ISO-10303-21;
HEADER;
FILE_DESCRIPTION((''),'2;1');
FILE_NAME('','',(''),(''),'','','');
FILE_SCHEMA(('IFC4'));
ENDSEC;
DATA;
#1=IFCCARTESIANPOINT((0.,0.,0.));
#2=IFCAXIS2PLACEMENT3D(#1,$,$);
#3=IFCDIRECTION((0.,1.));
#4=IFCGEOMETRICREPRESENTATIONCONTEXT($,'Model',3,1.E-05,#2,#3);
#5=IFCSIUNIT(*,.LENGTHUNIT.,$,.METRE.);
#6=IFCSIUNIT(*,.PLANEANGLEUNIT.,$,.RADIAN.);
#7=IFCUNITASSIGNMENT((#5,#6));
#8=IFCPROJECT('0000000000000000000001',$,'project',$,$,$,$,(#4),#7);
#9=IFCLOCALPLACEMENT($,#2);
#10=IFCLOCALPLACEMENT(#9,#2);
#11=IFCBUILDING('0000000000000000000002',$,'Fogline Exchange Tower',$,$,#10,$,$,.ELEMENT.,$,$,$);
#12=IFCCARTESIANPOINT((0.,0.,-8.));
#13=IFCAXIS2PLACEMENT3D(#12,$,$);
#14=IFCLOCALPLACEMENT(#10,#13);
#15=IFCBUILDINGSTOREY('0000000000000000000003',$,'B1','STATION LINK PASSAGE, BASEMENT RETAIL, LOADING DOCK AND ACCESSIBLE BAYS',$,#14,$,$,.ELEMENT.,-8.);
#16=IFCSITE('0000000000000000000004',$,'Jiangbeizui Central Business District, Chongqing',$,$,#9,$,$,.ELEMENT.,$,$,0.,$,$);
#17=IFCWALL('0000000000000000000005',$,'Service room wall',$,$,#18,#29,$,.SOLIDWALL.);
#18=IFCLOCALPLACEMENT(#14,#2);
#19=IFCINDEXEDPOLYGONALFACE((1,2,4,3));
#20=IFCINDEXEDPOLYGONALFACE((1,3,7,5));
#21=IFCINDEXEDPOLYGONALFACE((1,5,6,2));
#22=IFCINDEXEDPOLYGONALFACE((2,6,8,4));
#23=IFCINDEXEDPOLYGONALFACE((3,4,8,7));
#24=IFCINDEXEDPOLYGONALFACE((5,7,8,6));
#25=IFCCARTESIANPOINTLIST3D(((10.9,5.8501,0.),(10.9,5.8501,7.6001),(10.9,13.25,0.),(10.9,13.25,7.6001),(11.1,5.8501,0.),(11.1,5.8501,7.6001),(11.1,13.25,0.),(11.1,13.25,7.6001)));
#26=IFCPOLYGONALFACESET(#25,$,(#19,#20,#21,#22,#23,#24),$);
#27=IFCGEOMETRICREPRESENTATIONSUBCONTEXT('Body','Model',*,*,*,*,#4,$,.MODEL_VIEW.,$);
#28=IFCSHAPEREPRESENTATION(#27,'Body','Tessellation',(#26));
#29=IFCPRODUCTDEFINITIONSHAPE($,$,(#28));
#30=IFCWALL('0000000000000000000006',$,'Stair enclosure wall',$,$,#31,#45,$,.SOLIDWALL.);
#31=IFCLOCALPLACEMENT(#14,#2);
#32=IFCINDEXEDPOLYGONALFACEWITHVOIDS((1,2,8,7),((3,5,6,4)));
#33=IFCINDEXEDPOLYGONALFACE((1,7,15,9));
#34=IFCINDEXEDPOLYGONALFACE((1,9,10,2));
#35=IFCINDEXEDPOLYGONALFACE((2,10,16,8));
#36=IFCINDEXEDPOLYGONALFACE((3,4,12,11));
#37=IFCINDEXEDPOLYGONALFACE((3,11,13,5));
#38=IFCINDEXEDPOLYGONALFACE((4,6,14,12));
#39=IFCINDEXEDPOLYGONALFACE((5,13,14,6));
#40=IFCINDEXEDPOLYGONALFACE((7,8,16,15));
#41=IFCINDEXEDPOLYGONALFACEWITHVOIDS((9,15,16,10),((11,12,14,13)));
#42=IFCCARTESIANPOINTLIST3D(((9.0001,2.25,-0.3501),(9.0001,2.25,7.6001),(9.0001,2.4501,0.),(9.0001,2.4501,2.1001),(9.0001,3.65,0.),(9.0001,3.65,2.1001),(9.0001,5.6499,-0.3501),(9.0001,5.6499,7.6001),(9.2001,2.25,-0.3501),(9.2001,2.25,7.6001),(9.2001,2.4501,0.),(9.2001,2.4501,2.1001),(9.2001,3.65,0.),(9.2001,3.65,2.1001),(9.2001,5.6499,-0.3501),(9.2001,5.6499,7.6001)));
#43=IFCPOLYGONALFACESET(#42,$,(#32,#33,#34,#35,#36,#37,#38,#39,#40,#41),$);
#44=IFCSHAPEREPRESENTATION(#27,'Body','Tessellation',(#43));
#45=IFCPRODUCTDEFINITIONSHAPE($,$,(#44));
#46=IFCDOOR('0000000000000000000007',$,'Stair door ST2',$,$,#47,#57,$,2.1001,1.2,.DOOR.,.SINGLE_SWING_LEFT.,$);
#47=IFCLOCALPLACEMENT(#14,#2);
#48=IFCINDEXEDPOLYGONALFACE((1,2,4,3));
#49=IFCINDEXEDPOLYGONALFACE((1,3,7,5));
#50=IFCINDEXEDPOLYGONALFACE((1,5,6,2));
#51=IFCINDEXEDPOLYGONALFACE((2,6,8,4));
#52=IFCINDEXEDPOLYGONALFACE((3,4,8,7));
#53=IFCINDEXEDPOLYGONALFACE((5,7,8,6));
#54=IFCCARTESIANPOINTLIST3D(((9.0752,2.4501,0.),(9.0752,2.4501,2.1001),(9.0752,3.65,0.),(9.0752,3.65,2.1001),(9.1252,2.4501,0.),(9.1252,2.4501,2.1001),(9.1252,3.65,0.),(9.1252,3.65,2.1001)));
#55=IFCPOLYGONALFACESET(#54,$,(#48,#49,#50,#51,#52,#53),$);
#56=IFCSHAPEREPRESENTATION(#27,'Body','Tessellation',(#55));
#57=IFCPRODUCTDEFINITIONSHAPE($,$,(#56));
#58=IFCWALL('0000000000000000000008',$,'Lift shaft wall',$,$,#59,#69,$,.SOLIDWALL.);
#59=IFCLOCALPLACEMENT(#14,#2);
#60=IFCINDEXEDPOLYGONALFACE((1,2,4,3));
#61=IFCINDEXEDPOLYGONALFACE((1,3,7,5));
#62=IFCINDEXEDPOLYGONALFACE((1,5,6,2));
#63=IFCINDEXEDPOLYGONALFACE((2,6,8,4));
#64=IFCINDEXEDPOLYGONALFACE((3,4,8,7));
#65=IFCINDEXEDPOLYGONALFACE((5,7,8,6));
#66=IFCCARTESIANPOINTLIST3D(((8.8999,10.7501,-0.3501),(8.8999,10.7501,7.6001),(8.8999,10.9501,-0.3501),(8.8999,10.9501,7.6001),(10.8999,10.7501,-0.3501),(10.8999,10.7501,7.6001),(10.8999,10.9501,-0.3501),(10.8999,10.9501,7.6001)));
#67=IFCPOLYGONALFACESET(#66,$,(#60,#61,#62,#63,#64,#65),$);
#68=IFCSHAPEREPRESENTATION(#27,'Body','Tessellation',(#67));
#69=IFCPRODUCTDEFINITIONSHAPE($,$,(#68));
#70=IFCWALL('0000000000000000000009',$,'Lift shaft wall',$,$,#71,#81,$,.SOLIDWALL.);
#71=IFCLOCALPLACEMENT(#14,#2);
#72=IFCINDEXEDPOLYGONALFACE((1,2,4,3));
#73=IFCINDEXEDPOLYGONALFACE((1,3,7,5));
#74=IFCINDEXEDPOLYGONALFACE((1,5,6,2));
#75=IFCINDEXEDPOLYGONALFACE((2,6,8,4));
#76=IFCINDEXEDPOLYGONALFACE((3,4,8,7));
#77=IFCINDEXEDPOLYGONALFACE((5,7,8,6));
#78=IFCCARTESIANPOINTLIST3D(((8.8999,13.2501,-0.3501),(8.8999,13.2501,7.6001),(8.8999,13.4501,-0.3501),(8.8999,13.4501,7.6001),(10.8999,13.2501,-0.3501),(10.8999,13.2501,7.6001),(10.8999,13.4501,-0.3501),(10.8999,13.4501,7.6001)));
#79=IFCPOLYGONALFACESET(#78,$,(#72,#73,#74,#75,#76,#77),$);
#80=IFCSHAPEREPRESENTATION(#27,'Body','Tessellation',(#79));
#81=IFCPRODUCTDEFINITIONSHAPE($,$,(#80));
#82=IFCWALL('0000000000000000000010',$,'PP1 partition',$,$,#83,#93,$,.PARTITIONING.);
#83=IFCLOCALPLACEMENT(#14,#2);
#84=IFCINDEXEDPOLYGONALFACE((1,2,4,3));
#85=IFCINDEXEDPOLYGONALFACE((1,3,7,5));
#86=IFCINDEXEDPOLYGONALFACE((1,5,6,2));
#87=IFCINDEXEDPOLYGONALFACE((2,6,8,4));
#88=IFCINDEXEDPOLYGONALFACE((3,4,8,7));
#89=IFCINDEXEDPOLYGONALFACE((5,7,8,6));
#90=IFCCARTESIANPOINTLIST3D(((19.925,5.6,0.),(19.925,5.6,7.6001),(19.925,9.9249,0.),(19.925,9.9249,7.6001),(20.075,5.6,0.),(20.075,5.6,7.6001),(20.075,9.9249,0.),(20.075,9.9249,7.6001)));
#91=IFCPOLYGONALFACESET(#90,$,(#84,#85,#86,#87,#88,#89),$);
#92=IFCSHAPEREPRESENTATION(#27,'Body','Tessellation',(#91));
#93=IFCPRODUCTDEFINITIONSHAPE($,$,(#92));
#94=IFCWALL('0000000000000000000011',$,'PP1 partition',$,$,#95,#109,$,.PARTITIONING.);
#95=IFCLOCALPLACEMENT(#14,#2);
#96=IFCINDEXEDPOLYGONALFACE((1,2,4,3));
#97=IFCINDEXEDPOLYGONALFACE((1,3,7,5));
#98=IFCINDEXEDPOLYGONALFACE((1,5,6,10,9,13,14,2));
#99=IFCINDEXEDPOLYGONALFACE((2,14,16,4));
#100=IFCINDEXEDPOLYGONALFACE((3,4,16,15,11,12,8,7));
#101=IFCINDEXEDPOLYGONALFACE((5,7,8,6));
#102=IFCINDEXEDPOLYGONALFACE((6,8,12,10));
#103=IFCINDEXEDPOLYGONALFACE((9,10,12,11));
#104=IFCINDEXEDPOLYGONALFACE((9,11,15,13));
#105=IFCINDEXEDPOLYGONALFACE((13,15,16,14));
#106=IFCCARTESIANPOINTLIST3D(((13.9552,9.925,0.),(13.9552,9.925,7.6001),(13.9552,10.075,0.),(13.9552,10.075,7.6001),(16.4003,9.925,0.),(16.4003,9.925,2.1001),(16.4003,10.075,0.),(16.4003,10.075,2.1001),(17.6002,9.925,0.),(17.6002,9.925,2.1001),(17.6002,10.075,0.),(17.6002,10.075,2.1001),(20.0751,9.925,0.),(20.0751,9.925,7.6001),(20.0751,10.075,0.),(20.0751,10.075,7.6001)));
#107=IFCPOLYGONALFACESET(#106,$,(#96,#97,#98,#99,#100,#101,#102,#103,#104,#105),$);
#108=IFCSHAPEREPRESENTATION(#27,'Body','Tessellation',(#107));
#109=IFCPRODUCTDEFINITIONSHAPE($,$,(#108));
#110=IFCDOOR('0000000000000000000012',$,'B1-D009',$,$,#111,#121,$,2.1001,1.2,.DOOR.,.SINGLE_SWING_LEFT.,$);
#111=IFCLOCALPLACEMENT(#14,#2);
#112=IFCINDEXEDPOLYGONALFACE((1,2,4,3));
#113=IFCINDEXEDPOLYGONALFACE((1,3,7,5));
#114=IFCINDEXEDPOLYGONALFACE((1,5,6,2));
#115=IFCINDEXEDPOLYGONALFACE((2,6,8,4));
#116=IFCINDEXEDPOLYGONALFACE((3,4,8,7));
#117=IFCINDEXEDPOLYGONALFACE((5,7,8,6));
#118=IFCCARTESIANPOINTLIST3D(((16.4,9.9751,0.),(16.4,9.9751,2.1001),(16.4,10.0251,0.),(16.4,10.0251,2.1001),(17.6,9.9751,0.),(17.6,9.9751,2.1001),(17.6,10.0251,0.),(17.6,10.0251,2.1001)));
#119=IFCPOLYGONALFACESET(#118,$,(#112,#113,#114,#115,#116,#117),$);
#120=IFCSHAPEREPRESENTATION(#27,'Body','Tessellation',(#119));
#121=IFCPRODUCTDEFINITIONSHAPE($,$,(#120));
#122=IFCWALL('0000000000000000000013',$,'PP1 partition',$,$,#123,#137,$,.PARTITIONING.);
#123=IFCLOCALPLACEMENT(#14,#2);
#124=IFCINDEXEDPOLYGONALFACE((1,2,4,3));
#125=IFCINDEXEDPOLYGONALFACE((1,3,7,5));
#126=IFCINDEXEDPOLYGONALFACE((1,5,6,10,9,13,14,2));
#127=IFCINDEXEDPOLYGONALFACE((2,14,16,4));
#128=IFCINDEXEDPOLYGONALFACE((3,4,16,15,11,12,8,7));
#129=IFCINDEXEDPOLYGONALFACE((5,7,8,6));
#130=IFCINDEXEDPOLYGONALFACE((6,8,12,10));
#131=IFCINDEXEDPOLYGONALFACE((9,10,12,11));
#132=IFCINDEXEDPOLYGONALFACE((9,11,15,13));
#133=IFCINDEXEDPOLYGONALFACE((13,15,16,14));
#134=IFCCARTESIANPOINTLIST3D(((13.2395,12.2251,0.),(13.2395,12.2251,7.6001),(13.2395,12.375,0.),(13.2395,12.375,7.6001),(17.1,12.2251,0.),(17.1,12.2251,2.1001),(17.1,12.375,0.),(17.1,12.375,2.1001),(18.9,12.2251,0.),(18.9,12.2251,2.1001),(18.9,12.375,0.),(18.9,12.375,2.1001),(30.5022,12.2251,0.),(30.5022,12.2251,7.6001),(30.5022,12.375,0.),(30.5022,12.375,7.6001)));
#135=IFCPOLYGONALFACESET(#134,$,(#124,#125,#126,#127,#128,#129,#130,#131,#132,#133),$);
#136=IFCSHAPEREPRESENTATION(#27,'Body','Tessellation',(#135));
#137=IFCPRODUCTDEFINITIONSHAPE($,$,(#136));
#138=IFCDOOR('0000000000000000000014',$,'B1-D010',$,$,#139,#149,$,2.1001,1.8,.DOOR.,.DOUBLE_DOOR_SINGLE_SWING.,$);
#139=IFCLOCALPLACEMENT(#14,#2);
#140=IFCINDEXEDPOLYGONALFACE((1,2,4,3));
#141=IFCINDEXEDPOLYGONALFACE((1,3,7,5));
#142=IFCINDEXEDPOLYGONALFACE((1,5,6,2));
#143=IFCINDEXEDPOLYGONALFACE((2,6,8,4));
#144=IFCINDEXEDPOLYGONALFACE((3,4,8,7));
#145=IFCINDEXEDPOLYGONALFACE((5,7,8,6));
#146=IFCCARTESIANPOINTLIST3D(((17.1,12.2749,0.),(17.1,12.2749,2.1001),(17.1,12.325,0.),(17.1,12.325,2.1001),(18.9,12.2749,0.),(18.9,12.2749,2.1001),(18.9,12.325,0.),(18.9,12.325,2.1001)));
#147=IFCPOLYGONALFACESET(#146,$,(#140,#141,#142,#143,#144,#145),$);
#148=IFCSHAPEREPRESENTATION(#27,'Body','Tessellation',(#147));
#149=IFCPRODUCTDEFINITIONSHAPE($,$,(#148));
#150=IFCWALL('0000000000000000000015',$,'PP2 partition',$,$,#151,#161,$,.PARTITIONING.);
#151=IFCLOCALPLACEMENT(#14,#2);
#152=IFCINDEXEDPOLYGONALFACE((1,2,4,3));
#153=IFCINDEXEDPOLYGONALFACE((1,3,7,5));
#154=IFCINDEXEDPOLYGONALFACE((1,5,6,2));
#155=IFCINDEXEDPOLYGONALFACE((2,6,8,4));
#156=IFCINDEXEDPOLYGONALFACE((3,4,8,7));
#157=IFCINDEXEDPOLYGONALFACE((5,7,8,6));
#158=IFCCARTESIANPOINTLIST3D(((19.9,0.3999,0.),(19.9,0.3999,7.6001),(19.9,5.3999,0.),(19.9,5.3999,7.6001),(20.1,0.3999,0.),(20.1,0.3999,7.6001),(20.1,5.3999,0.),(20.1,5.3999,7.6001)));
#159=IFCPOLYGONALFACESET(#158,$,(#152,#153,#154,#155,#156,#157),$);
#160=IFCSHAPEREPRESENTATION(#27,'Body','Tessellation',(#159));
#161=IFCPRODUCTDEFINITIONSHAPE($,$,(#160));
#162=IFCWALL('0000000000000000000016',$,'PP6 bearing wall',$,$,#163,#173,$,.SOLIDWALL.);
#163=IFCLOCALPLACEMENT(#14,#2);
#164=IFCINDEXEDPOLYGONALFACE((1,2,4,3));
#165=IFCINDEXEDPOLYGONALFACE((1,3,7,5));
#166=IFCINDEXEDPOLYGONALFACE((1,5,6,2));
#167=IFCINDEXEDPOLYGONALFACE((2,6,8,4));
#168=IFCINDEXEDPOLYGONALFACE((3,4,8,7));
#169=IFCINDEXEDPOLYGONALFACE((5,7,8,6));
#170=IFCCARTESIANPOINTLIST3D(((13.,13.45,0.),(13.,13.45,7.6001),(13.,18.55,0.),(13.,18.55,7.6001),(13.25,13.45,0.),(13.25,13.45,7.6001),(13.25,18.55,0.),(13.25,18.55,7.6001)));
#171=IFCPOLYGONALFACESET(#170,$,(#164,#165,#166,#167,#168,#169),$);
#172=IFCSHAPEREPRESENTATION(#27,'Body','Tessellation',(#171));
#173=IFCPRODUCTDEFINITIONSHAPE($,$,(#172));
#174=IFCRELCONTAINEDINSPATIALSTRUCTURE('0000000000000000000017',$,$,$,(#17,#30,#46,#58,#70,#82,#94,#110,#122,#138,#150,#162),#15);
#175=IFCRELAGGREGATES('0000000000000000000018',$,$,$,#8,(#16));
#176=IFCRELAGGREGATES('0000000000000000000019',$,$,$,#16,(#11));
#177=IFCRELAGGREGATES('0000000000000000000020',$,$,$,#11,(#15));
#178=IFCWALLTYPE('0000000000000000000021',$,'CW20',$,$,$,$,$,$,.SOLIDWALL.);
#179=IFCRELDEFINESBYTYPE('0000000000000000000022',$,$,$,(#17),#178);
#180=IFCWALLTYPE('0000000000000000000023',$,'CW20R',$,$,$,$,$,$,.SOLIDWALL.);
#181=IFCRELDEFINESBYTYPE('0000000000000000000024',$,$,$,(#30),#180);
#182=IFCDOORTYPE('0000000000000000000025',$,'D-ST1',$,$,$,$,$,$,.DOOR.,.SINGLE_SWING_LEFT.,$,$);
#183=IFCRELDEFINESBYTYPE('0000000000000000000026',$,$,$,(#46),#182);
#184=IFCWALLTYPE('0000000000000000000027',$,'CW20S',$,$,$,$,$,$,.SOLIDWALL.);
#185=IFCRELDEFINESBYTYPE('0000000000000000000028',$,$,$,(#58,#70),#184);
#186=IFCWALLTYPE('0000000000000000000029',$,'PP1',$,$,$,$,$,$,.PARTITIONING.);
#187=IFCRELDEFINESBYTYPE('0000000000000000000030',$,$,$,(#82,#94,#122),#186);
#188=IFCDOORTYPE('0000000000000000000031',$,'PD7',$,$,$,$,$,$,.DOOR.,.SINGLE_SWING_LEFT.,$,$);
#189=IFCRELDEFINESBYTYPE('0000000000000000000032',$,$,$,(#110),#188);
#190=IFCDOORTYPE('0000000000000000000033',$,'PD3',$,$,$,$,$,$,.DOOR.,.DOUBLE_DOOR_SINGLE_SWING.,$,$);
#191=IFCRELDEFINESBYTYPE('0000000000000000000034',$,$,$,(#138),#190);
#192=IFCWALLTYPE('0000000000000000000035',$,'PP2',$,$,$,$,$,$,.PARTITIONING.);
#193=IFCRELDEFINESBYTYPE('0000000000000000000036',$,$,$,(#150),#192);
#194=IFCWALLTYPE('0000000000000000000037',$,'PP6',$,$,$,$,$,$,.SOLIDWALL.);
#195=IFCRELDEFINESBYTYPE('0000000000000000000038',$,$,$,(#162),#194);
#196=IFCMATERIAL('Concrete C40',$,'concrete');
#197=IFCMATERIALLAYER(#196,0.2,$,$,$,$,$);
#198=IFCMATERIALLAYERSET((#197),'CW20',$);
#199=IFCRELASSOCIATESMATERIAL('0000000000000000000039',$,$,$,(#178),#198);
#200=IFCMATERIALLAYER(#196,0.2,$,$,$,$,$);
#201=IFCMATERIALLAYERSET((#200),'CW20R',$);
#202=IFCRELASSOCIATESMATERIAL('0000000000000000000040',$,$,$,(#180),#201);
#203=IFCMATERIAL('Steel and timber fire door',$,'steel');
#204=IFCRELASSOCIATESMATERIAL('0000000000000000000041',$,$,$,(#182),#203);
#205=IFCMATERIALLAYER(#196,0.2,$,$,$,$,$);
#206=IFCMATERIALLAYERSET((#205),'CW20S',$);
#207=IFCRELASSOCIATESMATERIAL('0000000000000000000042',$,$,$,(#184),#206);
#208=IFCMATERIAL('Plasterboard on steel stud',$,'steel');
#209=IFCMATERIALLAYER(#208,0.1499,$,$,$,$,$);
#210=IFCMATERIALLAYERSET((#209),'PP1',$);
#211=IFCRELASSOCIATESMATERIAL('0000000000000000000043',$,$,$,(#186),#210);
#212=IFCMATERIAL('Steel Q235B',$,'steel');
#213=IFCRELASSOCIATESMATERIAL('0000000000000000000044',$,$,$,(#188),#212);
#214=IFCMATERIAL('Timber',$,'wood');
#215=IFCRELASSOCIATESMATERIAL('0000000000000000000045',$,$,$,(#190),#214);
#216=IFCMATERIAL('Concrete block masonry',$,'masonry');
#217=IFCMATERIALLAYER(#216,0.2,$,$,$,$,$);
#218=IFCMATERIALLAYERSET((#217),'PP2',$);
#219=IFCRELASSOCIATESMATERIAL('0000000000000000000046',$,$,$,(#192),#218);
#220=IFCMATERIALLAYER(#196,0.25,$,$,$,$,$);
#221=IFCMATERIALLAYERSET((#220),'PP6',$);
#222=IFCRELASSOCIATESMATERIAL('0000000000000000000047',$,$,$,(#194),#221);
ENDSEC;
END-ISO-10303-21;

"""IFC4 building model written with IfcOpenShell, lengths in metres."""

from ifc_helpers import new_model, si_unit, direction, frame, frame_2d, origin, place, context, subcontext, project, spatial, rectangle, extrude, material, layer, layer_set, type_object, element, fill, save


model = new_model("IFC4")

# Units and contexts
model_context = context("Model", 3, precision=1e-05, world=origin(), true_north=direction((0.0, 1.0)))
body_context = subcontext(model_context, "Body", "Model", "MODEL_VIEW")
ifc_project = project(units=[si_unit("LENGTHUNIT", "METRE"), si_unit("PLANEANGLEUNIT", "RADIAN")], contexts=[model_context])

# Site, building, storey
site_placement = place(None, origin())
site = spatial("IfcSite", under=ifc_project, at=site_placement, Name="Jiangbeizui Central Business District, Chongqing", CompositionType="ELEMENT", RefElevation=0.0)
building_placement = place(site_placement, origin())
building = spatial("IfcBuilding", under=site, at=building_placement, Name="Fogline Exchange Tower", CompositionType="ELEMENT")
storey_placement = place(building_placement, frame((0.0, 0.0, -8.0)))
storey = spatial("IfcBuildingStorey", under=building, at=storey_placement, Name="B1", Description="STATION LINK PASSAGE, BASEMENT RETAIL, LOADING DOCK AND ACCESSIBLE BAYS", CompositionType="ELEMENT", Elevation=-8.0)

# Wall
ifc_material_1 = material(Name="Concrete C40", Category="concrete")
ifc_layer_1 = layer(ifc_material_1, 0.2)
ifc_layer_set_1 = layer_set([ifc_layer_1], Name="CW20")
wall_type_1 = type_object("IfcWallType", Name="CW20", PredefinedType="SOLIDWALL", material=ifc_layer_set_1)
wall_1_placement = place(storey_placement, frame((11.0, 5.8501, 0.0), z_axis=(0.0, 0.0, 1.0), x_axis=(0.0, 1.0, 0.0)))
element("IfcWall", 1, at=wall_1_placement, inside=storey, type_object=wall_type_1, Name="Service room wall", PredefinedType="SOLIDWALL", context=body_context, shape_type="SweptSolid", body=[
    extrude(rectangle(XDim=7.3999, YDim=0.2, at=frame_2d((3.7, 0.0))), origin(), (0.0, 0.0, 1.0), 7.6001),
])

# Wall, opening, door
ifc_layer_2 = layer(ifc_material_1, 0.2)
ifc_layer_set_2 = layer_set([ifc_layer_2], Name="CW20R")
wall_type_2 = type_object("IfcWallType", Name="CW20R", PredefinedType="SOLIDWALL", material=ifc_layer_set_2)
wall_2_placement = place(storey_placement, frame((9.1001, 2.25, -0.3501), z_axis=(0.0, 0.0, 1.0), x_axis=(0.0, 1.0, 0.0)))
wall_2 = element("IfcWall", 2, at=wall_2_placement, inside=storey, type_object=wall_type_2, Name="Stair enclosure wall", PredefinedType="SOLIDWALL", context=body_context, shape_type="SweptSolid", body=[
    extrude(rectangle(XDim=3.3999, YDim=0.2, at=frame_2d((1.7, 0.0))), origin(), (0.0, 0.0, 1.0), 7.9502),
])
opening_1_placement = place(wall_2_placement, frame((0.2, 0.0, 0.3501)))
opening_1 = element("IfcOpeningElement", 3, at=opening_1_placement, cuts=wall_2, PredefinedType="OPENING", context=body_context, shape_type="SweptSolid", body=[
    extrude(rectangle(XDim=1.2, YDim=2.1001, at=frame_2d((0.6001, 1.05))), frame((0.0, 0.1099, 0.0), z_axis=(0.0, -1.0, 0.0), x_axis=(1.0, 0.0, 0.0)), (0.0, 0.0, 1.0), 0.22),
])
ifc_material_2 = material(Name="Steel and timber fire door", Category="steel")
door_type_1 = type_object("IfcDoorType", Name="D-ST1", OperationType="SINGLE_SWING_LEFT", PredefinedType="DOOR", material=ifc_material_2)
door_1_placement = place(opening_1_placement, origin())
door_1 = element("IfcDoor", 4, at=door_1_placement, inside=storey, type_object=door_type_1, Name="Stair door ST2", OperationType="SINGLE_SWING_LEFT", OverallHeight=2.1001, OverallWidth=1.2, PredefinedType="DOOR", context=body_context, shape_type="SweptSolid", body=[
    extrude(rectangle(XDim=1.2, YDim=2.1001, at=frame_2d((0.6001, 1.05))), frame((0.0, 0.0249, 0.0), z_axis=(0.0, -1.0, 0.0), x_axis=(1.0, 0.0, 0.0)), (0.0, 0.0, 1.0), 0.05),
])
fill(opening_1, door_1)

# Walls
ifc_layer_3 = layer(ifc_material_1, 0.2)
ifc_layer_set_3 = layer_set([ifc_layer_3], Name="CW20S")
wall_type_3 = type_object("IfcWallType", Name="CW20S", PredefinedType="SOLIDWALL", material=ifc_layer_set_3)
for number, where, z_axis, x_axis, name in (
    (5, (8.8999, 10.8501, -0.3501), (0.0, 0.0, 1.0), (1.0, 0.0, 0.0), "Lift shaft wall"),
    (6, (8.8999, 13.3501, -0.3501), (0.0, 0.0, 1.0), (1.0, 0.0, 0.0), "Lift shaft wall"),
):
    element("IfcWall", number, at=place(storey_placement, frame(where, z_axis=z_axis, x_axis=x_axis)), inside=storey, type_object=wall_type_3, Name=name, PredefinedType="SOLIDWALL", context=body_context, shape_type="SweptSolid", body=[
        extrude(rectangle(XDim=2.0, YDim=0.2, at=frame_2d((1.0, 0.0))), origin(), (0.0, 0.0, 1.0), 7.9502),
    ])
ifc_material_3 = material(Name="Plasterboard on steel stud", Category="steel")
ifc_layer_4 = layer(ifc_material_3, 0.1499)
ifc_layer_set_4 = layer_set([ifc_layer_4], Name="PP1")
wall_type_4 = type_object("IfcWallType", Name="PP1", PredefinedType="PARTITIONING", material=ifc_layer_set_4)
wall_3_placement = place(storey_placement, frame((20.0, 9.925, 0.0), z_axis=(0.0, 0.0, 1.0), x_axis=(0.0, -1.0, 0.0)))
element("IfcWall", 7, at=wall_3_placement, inside=storey, type_object=wall_type_4, Name="PP1 partition", PredefinedType="PARTITIONING", context=body_context, shape_type="SweptSolid", body=[
    extrude(rectangle(XDim=4.325, YDim=0.1499, at=frame_2d((2.1626, 0.0))), origin(), (0.0, 0.0, 1.0), 7.6001),
])

# Walls, openings, doors
wall_4_placement = place(storey_placement, frame((13.9551, 10.0, 0.0), z_axis=(0.0, 0.0, 1.0), x_axis=(1.0, 0.0, 0.0)))
wall_4 = element("IfcWall", 8, at=wall_4_placement, inside=storey, type_object=wall_type_4, Name="PP1 partition", PredefinedType="PARTITIONING", context=body_context, shape_type="SweptSolid", body=[
    extrude(rectangle(XDim=6.1199, YDim=0.1499, at=frame_2d((3.0601, 0.0))), origin(), (0.0, 0.0, 1.0), 7.6001),
])
opening_2_placement = place(wall_4_placement, frame((2.4451, 0.0, 0.0)))
opening_2 = element("IfcOpeningElement", 9, at=opening_2_placement, cuts=wall_4, PredefinedType="OPENING", context=body_context, shape_type="SweptSolid", body=[
    extrude(rectangle(XDim=1.2, YDim=2.1001, at=frame_2d((0.6001, 1.05))), frame((0.0, 0.085, 0.0), z_axis=(0.0, -1.0, 0.0), x_axis=(1.0, 0.0, 0.0)), (0.0, 0.0, 1.0), 0.1699),
])
ifc_material_4 = material(Name="Steel Q235B", Category="steel")
door_type_2 = type_object("IfcDoorType", Name="PD7", OperationType="SINGLE_SWING_LEFT", PredefinedType="DOOR", material=ifc_material_4)
door_2_placement = place(opening_2_placement, frame((1.2, 0.0, 0.0), z_axis=(0.0, 0.0, 1.0), x_axis=(-1.0, 0.0, 0.0)))
door_2 = element("IfcDoor", 10, at=door_2_placement, inside=storey, type_object=door_type_2, Name="B1-D009", OperationType="SINGLE_SWING_LEFT", OverallHeight=2.1001, OverallWidth=1.2, PredefinedType="DOOR", context=body_context, shape_type="SweptSolid", body=[
    extrude(rectangle(XDim=1.2, YDim=2.1001, at=frame_2d((0.6001, 1.05))), frame((0.0, 0.0249, 0.0), z_axis=(0.0, -1.0, 0.0), x_axis=(1.0, 0.0, 0.0)), (0.0, 0.0, 1.0), 0.05),
])
fill(opening_2, door_2)
wall_5_placement = place(storey_placement, frame((13.2395, 12.3, 0.0), z_axis=(0.0, 0.0, 1.0), x_axis=(1.0, 0.0, 0.0)))
wall_5 = element("IfcWall", 11, at=wall_5_placement, inside=storey, type_object=wall_type_4, Name="PP1 partition", PredefinedType="PARTITIONING", context=body_context, shape_type="SweptSolid", body=[
    extrude(rectangle(XDim=17.2627, YDim=0.1499, at=frame_2d((8.6313, 0.0))), origin(), (0.0, 0.0, 1.0), 7.6001),
])
opening_3_placement = place(wall_5_placement, frame((3.8606, 0.0, 0.0)))
opening_3 = element("IfcOpeningElement", 12, at=opening_3_placement, cuts=wall_5, PredefinedType="OPENING", context=body_context, shape_type="SweptSolid", body=[
    extrude(rectangle(XDim=1.8, YDim=2.1001, at=frame_2d((0.8999, 1.05))), frame((0.0, 0.085, 0.0), z_axis=(0.0, -1.0, 0.0), x_axis=(1.0, 0.0, 0.0)), (0.0, 0.0, 1.0), 0.1699),
])
ifc_material_5 = material(Name="Timber", Category="wood")
door_type_3 = type_object("IfcDoorType", Name="PD3", OperationType="DOUBLE_DOOR_SINGLE_SWING", PredefinedType="DOOR", material=ifc_material_5)
door_3_placement = place(opening_3_placement, origin())
door_3 = element("IfcDoor", 13, at=door_3_placement, inside=storey, type_object=door_type_3, Name="B1-D010", OperationType="DOUBLE_DOOR_SINGLE_SWING", OverallHeight=2.1001, OverallWidth=1.8, PredefinedType="DOOR", context=body_context, shape_type="SweptSolid", body=[
    extrude(rectangle(XDim=1.8, YDim=2.1001, at=frame_2d((0.8999, 1.05))), frame((0.0, 0.0249, 0.0), z_axis=(0.0, -1.0, 0.0), x_axis=(1.0, 0.0, 0.0)), (0.0, 0.0, 1.0), 0.05),
])
fill(opening_3, door_3)

# Walls
ifc_material_6 = material(Name="Concrete block masonry", Category="masonry")
ifc_layer_5 = layer(ifc_material_6, 0.2)
ifc_layer_set_5 = layer_set([ifc_layer_5], Name="PP2")
wall_type_5 = type_object("IfcWallType", Name="PP2", PredefinedType="PARTITIONING", material=ifc_layer_set_5)
wall_6_placement = place(storey_placement, frame((20.0, 5.3999, 0.0), z_axis=(0.0, 0.0, 1.0), x_axis=(0.0, -1.0, 0.0)))
element("IfcWall", 14, at=wall_6_placement, inside=storey, type_object=wall_type_5, Name="PP2 partition", PredefinedType="PARTITIONING", context=body_context, shape_type="SweptSolid", body=[
    extrude(rectangle(XDim=5.0, YDim=0.2, at=frame_2d((2.5, 0.0))), origin(), (0.0, 0.0, 1.0), 7.6001),
])
ifc_layer_6 = layer(ifc_material_1, 0.25)
ifc_layer_set_6 = layer_set([ifc_layer_6], Name="PP6")
wall_type_6 = type_object("IfcWallType", Name="PP6", PredefinedType="SOLIDWALL", material=ifc_layer_set_6)
wall_7_placement = place(storey_placement, frame((13.125, 13.45, 0.0), z_axis=(0.0, 0.0, 1.0), x_axis=(0.0, 1.0, 0.0)))
element("IfcWall", 15, at=wall_7_placement, inside=storey, type_object=wall_type_6, Name="PP6 bearing wall", PredefinedType="SOLIDWALL", context=body_context, shape_type="SweptSolid", body=[
    extrude(rectangle(XDim=5.1001, YDim=0.25, at=frame_2d((2.55, 0.0))), origin(), (0.0, 0.0, 1.0), 7.6001),
])

save(model, "model.ifc")
